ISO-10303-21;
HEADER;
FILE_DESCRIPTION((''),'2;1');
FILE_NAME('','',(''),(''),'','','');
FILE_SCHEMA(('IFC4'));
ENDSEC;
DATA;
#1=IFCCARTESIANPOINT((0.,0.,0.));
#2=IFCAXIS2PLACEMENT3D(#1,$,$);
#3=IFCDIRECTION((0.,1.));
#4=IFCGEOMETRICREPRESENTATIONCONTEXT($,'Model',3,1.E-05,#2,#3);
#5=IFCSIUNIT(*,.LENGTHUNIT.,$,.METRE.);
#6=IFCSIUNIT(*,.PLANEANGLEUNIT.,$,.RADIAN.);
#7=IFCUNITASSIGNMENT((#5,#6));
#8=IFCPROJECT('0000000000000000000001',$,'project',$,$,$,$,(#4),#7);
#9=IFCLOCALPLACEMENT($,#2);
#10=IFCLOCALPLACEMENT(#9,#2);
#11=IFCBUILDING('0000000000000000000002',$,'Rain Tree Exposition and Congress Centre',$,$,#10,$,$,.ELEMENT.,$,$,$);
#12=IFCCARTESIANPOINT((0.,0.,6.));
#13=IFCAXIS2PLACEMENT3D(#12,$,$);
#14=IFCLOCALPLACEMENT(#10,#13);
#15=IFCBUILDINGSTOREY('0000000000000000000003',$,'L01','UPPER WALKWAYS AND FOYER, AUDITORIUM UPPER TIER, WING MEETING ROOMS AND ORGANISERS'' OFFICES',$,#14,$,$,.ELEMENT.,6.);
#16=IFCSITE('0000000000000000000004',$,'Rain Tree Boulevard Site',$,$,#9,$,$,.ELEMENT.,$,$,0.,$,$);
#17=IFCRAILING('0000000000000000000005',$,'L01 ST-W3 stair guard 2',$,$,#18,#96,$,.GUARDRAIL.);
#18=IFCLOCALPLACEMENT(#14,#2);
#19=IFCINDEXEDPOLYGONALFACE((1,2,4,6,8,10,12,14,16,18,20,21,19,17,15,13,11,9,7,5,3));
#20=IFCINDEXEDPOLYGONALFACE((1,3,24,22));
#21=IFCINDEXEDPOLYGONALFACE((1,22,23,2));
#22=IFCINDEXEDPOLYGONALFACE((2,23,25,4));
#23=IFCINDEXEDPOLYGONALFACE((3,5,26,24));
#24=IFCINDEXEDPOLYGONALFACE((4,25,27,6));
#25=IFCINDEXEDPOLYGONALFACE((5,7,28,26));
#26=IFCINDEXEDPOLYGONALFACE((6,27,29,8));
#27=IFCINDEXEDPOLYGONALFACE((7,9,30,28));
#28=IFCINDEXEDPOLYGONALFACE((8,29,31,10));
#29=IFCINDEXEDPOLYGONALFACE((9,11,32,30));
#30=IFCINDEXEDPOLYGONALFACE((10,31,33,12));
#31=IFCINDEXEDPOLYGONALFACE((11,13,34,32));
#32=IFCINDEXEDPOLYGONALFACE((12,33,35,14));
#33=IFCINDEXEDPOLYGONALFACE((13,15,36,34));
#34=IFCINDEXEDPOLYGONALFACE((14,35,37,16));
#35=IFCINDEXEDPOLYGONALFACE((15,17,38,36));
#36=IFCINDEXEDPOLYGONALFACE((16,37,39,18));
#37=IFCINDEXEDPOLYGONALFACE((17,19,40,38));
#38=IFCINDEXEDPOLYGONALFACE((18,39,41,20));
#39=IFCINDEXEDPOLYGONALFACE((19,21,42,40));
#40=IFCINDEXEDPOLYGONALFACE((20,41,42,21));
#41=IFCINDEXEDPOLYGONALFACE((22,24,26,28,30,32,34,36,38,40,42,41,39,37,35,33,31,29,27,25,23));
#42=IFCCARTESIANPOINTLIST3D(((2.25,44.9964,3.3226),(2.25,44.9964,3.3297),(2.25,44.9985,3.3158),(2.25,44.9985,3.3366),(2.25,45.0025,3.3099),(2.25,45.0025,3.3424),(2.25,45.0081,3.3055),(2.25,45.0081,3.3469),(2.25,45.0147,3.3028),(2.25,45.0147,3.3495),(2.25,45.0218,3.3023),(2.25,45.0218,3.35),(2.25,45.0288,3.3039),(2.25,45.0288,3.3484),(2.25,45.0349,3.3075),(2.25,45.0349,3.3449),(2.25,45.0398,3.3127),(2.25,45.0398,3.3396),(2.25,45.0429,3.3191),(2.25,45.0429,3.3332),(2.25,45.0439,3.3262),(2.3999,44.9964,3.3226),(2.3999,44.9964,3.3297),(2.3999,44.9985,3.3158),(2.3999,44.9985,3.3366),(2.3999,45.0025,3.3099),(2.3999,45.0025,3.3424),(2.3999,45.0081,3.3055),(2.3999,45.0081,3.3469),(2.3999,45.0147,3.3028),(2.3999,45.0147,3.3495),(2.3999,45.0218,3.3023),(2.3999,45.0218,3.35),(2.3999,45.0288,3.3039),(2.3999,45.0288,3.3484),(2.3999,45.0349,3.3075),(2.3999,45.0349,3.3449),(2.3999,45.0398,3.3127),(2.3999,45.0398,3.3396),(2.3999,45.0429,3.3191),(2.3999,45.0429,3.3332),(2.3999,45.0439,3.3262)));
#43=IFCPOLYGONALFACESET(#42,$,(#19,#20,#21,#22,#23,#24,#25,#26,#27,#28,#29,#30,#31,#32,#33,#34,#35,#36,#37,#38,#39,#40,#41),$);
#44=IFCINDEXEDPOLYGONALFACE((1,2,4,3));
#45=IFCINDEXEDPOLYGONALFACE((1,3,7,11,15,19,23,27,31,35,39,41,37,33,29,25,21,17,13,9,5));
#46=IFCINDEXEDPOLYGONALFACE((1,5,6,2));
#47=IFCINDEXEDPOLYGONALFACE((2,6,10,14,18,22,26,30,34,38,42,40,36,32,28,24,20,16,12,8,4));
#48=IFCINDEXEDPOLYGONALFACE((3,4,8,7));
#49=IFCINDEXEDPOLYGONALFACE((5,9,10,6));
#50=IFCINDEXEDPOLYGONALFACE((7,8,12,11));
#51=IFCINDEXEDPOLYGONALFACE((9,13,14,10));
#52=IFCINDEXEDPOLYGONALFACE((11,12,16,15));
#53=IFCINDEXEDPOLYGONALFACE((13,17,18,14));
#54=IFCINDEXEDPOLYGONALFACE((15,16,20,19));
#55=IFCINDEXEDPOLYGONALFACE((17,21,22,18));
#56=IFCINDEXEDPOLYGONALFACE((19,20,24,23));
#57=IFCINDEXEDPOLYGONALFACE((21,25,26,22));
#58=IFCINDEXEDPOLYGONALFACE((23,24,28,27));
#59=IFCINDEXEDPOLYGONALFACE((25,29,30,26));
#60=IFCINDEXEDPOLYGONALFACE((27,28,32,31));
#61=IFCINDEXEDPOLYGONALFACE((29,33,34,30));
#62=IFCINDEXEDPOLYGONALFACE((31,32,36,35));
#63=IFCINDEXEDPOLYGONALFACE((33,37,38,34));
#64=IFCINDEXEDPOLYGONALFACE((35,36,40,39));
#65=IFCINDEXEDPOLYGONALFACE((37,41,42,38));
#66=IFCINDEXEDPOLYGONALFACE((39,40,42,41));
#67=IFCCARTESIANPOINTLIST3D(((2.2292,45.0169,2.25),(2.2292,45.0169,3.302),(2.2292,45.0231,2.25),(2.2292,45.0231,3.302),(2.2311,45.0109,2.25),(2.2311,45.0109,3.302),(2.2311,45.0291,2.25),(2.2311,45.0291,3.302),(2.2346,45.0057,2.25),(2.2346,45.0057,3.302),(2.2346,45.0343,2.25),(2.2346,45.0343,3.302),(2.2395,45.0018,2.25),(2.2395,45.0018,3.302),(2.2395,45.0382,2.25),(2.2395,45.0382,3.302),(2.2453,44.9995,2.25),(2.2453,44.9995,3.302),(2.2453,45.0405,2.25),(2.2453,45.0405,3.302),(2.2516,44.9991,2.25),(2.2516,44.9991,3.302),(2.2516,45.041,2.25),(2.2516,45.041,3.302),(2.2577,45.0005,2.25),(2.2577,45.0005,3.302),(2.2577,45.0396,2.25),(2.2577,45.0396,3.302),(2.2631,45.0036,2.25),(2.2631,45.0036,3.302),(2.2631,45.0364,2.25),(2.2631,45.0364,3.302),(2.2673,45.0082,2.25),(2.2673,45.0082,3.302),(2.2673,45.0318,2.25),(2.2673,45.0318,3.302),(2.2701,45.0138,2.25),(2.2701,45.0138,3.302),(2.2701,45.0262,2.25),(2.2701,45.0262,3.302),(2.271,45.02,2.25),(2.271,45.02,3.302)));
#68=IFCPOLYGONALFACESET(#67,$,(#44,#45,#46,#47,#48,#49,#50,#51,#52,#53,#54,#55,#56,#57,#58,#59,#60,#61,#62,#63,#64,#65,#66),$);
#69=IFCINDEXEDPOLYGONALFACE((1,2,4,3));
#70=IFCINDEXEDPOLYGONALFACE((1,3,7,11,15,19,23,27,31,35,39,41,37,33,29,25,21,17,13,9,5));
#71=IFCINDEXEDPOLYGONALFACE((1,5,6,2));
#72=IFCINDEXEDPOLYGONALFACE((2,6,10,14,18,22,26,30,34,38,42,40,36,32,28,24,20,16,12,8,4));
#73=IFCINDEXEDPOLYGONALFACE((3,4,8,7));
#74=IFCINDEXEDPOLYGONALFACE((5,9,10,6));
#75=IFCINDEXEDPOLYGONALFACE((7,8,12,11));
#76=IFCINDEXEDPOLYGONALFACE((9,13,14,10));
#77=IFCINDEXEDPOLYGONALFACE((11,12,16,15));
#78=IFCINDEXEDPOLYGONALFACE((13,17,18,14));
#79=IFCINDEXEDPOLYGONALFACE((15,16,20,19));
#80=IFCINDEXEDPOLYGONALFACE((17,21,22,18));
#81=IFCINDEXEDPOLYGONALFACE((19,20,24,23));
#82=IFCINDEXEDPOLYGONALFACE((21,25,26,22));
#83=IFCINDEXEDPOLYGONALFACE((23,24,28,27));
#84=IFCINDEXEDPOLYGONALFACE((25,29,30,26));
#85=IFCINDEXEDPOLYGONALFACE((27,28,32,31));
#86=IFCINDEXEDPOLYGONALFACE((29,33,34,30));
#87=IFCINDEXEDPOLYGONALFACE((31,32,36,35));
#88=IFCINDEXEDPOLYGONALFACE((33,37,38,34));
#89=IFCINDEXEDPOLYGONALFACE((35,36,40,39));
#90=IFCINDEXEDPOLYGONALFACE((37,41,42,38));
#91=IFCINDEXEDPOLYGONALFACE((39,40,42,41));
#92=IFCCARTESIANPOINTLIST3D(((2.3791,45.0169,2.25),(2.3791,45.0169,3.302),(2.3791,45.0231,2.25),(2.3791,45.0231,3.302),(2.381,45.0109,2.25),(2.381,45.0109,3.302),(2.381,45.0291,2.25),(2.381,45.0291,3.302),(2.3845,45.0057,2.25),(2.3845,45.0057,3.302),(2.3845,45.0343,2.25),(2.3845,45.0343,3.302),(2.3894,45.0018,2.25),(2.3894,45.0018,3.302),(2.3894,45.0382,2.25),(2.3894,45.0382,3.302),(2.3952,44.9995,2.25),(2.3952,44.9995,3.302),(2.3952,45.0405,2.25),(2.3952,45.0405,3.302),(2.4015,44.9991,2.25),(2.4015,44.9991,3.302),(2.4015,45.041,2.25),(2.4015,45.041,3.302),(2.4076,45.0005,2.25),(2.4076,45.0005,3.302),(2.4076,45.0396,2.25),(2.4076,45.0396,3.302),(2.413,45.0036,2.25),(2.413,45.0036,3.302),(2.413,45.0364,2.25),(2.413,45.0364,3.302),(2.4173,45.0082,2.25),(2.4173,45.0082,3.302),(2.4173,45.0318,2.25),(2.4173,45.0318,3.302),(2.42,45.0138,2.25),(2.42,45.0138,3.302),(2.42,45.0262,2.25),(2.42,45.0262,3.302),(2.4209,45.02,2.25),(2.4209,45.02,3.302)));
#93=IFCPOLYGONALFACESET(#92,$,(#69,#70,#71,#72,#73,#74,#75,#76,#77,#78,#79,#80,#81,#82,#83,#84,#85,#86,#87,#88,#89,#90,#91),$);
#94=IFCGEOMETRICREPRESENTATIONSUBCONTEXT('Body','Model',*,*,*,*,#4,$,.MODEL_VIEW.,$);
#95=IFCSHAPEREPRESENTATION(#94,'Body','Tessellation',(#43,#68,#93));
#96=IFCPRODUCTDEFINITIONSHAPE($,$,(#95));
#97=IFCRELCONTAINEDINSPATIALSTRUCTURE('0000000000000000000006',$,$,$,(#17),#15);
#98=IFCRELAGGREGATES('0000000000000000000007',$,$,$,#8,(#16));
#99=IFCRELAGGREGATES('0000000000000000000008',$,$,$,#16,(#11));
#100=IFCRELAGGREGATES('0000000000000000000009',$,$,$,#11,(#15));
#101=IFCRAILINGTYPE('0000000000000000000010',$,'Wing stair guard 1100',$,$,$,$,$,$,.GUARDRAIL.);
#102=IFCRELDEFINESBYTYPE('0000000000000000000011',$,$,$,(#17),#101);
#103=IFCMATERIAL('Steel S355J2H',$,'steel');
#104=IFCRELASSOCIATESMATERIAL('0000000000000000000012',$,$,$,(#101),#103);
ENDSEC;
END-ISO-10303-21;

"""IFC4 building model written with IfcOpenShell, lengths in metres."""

from ifc_helpers import new_model, si_unit, direction, frame, origin, origin_2d, place, context, subcontext, project, spatial, circle, extrude, material, type_object, element, save


model = new_model("IFC4")

# Units and contexts
model_context = context("Model", 3, precision=1e-05, world=origin(), true_north=direction((0.0, 1.0)))
body_context = subcontext(model_context, "Body", "Model", "MODEL_VIEW")
ifc_project = project(units=[si_unit("LENGTHUNIT", "METRE"), si_unit("PLANEANGLEUNIT", "RADIAN")], contexts=[model_context])

# Site, building, storey
site_placement = place(None, origin())
site = spatial("IfcSite", under=ifc_project, at=site_placement, Name="Rain Tree Boulevard Site", CompositionType="ELEMENT", RefElevation=0.0)
building_placement = place(site_placement, origin())
building = spatial("IfcBuilding", under=site, at=building_placement, Name="Rain Tree Exposition and Congress Centre", CompositionType="ELEMENT")
storey_placement = place(building_placement, frame((0.0, 0.0, 6.0)))
storey = spatial("IfcBuildingStorey", under=building, at=storey_placement, Name="L01", Description="UPPER WALKWAYS AND FOYER, AUDITORIUM UPPER TIER, WING MEETING ROOMS AND ORGANISERS' OFFICES", CompositionType="ELEMENT", Elevation=6.0)

# Railing
ifc_material_1 = material(Name="Steel S355J2H", Category="steel")
railing_type_1 = type_object("IfcRailingType", Name="Wing stair guard 1100", PredefinedType="GUARDRAIL", material=ifc_material_1)
railing_1_placement = place(storey_placement, frame((2.25, 45.02, 2.25)))
element("IfcRailing", 1, at=railing_1_placement, inside=storey, type_object=railing_type_1, Name="L01 ST-W3 stair guard 2", PredefinedType="GUARDRAIL", context=body_context, shape_type="SweptSolid", body=[
    extrude(circle(Radius=0.0239, at=origin_2d()), frame((0.0, 0.0, 1.0762), z_axis=(1.0, 0.0, 0.0), x_axis=(0.0, 1.0, 0.0)), (0.0, 0.0, 1.0), 0.1499),
    extrude(circle(Radius=0.021, at=origin_2d()), origin(), (0.0, 0.0, 1.0), 1.052),
    extrude(circle(Radius=0.021, at=origin_2d()), frame((0.1499, 0.0, 0.0)), (0.0, 0.0, 1.0), 1.052),
])

save(model, "model.ifc")
